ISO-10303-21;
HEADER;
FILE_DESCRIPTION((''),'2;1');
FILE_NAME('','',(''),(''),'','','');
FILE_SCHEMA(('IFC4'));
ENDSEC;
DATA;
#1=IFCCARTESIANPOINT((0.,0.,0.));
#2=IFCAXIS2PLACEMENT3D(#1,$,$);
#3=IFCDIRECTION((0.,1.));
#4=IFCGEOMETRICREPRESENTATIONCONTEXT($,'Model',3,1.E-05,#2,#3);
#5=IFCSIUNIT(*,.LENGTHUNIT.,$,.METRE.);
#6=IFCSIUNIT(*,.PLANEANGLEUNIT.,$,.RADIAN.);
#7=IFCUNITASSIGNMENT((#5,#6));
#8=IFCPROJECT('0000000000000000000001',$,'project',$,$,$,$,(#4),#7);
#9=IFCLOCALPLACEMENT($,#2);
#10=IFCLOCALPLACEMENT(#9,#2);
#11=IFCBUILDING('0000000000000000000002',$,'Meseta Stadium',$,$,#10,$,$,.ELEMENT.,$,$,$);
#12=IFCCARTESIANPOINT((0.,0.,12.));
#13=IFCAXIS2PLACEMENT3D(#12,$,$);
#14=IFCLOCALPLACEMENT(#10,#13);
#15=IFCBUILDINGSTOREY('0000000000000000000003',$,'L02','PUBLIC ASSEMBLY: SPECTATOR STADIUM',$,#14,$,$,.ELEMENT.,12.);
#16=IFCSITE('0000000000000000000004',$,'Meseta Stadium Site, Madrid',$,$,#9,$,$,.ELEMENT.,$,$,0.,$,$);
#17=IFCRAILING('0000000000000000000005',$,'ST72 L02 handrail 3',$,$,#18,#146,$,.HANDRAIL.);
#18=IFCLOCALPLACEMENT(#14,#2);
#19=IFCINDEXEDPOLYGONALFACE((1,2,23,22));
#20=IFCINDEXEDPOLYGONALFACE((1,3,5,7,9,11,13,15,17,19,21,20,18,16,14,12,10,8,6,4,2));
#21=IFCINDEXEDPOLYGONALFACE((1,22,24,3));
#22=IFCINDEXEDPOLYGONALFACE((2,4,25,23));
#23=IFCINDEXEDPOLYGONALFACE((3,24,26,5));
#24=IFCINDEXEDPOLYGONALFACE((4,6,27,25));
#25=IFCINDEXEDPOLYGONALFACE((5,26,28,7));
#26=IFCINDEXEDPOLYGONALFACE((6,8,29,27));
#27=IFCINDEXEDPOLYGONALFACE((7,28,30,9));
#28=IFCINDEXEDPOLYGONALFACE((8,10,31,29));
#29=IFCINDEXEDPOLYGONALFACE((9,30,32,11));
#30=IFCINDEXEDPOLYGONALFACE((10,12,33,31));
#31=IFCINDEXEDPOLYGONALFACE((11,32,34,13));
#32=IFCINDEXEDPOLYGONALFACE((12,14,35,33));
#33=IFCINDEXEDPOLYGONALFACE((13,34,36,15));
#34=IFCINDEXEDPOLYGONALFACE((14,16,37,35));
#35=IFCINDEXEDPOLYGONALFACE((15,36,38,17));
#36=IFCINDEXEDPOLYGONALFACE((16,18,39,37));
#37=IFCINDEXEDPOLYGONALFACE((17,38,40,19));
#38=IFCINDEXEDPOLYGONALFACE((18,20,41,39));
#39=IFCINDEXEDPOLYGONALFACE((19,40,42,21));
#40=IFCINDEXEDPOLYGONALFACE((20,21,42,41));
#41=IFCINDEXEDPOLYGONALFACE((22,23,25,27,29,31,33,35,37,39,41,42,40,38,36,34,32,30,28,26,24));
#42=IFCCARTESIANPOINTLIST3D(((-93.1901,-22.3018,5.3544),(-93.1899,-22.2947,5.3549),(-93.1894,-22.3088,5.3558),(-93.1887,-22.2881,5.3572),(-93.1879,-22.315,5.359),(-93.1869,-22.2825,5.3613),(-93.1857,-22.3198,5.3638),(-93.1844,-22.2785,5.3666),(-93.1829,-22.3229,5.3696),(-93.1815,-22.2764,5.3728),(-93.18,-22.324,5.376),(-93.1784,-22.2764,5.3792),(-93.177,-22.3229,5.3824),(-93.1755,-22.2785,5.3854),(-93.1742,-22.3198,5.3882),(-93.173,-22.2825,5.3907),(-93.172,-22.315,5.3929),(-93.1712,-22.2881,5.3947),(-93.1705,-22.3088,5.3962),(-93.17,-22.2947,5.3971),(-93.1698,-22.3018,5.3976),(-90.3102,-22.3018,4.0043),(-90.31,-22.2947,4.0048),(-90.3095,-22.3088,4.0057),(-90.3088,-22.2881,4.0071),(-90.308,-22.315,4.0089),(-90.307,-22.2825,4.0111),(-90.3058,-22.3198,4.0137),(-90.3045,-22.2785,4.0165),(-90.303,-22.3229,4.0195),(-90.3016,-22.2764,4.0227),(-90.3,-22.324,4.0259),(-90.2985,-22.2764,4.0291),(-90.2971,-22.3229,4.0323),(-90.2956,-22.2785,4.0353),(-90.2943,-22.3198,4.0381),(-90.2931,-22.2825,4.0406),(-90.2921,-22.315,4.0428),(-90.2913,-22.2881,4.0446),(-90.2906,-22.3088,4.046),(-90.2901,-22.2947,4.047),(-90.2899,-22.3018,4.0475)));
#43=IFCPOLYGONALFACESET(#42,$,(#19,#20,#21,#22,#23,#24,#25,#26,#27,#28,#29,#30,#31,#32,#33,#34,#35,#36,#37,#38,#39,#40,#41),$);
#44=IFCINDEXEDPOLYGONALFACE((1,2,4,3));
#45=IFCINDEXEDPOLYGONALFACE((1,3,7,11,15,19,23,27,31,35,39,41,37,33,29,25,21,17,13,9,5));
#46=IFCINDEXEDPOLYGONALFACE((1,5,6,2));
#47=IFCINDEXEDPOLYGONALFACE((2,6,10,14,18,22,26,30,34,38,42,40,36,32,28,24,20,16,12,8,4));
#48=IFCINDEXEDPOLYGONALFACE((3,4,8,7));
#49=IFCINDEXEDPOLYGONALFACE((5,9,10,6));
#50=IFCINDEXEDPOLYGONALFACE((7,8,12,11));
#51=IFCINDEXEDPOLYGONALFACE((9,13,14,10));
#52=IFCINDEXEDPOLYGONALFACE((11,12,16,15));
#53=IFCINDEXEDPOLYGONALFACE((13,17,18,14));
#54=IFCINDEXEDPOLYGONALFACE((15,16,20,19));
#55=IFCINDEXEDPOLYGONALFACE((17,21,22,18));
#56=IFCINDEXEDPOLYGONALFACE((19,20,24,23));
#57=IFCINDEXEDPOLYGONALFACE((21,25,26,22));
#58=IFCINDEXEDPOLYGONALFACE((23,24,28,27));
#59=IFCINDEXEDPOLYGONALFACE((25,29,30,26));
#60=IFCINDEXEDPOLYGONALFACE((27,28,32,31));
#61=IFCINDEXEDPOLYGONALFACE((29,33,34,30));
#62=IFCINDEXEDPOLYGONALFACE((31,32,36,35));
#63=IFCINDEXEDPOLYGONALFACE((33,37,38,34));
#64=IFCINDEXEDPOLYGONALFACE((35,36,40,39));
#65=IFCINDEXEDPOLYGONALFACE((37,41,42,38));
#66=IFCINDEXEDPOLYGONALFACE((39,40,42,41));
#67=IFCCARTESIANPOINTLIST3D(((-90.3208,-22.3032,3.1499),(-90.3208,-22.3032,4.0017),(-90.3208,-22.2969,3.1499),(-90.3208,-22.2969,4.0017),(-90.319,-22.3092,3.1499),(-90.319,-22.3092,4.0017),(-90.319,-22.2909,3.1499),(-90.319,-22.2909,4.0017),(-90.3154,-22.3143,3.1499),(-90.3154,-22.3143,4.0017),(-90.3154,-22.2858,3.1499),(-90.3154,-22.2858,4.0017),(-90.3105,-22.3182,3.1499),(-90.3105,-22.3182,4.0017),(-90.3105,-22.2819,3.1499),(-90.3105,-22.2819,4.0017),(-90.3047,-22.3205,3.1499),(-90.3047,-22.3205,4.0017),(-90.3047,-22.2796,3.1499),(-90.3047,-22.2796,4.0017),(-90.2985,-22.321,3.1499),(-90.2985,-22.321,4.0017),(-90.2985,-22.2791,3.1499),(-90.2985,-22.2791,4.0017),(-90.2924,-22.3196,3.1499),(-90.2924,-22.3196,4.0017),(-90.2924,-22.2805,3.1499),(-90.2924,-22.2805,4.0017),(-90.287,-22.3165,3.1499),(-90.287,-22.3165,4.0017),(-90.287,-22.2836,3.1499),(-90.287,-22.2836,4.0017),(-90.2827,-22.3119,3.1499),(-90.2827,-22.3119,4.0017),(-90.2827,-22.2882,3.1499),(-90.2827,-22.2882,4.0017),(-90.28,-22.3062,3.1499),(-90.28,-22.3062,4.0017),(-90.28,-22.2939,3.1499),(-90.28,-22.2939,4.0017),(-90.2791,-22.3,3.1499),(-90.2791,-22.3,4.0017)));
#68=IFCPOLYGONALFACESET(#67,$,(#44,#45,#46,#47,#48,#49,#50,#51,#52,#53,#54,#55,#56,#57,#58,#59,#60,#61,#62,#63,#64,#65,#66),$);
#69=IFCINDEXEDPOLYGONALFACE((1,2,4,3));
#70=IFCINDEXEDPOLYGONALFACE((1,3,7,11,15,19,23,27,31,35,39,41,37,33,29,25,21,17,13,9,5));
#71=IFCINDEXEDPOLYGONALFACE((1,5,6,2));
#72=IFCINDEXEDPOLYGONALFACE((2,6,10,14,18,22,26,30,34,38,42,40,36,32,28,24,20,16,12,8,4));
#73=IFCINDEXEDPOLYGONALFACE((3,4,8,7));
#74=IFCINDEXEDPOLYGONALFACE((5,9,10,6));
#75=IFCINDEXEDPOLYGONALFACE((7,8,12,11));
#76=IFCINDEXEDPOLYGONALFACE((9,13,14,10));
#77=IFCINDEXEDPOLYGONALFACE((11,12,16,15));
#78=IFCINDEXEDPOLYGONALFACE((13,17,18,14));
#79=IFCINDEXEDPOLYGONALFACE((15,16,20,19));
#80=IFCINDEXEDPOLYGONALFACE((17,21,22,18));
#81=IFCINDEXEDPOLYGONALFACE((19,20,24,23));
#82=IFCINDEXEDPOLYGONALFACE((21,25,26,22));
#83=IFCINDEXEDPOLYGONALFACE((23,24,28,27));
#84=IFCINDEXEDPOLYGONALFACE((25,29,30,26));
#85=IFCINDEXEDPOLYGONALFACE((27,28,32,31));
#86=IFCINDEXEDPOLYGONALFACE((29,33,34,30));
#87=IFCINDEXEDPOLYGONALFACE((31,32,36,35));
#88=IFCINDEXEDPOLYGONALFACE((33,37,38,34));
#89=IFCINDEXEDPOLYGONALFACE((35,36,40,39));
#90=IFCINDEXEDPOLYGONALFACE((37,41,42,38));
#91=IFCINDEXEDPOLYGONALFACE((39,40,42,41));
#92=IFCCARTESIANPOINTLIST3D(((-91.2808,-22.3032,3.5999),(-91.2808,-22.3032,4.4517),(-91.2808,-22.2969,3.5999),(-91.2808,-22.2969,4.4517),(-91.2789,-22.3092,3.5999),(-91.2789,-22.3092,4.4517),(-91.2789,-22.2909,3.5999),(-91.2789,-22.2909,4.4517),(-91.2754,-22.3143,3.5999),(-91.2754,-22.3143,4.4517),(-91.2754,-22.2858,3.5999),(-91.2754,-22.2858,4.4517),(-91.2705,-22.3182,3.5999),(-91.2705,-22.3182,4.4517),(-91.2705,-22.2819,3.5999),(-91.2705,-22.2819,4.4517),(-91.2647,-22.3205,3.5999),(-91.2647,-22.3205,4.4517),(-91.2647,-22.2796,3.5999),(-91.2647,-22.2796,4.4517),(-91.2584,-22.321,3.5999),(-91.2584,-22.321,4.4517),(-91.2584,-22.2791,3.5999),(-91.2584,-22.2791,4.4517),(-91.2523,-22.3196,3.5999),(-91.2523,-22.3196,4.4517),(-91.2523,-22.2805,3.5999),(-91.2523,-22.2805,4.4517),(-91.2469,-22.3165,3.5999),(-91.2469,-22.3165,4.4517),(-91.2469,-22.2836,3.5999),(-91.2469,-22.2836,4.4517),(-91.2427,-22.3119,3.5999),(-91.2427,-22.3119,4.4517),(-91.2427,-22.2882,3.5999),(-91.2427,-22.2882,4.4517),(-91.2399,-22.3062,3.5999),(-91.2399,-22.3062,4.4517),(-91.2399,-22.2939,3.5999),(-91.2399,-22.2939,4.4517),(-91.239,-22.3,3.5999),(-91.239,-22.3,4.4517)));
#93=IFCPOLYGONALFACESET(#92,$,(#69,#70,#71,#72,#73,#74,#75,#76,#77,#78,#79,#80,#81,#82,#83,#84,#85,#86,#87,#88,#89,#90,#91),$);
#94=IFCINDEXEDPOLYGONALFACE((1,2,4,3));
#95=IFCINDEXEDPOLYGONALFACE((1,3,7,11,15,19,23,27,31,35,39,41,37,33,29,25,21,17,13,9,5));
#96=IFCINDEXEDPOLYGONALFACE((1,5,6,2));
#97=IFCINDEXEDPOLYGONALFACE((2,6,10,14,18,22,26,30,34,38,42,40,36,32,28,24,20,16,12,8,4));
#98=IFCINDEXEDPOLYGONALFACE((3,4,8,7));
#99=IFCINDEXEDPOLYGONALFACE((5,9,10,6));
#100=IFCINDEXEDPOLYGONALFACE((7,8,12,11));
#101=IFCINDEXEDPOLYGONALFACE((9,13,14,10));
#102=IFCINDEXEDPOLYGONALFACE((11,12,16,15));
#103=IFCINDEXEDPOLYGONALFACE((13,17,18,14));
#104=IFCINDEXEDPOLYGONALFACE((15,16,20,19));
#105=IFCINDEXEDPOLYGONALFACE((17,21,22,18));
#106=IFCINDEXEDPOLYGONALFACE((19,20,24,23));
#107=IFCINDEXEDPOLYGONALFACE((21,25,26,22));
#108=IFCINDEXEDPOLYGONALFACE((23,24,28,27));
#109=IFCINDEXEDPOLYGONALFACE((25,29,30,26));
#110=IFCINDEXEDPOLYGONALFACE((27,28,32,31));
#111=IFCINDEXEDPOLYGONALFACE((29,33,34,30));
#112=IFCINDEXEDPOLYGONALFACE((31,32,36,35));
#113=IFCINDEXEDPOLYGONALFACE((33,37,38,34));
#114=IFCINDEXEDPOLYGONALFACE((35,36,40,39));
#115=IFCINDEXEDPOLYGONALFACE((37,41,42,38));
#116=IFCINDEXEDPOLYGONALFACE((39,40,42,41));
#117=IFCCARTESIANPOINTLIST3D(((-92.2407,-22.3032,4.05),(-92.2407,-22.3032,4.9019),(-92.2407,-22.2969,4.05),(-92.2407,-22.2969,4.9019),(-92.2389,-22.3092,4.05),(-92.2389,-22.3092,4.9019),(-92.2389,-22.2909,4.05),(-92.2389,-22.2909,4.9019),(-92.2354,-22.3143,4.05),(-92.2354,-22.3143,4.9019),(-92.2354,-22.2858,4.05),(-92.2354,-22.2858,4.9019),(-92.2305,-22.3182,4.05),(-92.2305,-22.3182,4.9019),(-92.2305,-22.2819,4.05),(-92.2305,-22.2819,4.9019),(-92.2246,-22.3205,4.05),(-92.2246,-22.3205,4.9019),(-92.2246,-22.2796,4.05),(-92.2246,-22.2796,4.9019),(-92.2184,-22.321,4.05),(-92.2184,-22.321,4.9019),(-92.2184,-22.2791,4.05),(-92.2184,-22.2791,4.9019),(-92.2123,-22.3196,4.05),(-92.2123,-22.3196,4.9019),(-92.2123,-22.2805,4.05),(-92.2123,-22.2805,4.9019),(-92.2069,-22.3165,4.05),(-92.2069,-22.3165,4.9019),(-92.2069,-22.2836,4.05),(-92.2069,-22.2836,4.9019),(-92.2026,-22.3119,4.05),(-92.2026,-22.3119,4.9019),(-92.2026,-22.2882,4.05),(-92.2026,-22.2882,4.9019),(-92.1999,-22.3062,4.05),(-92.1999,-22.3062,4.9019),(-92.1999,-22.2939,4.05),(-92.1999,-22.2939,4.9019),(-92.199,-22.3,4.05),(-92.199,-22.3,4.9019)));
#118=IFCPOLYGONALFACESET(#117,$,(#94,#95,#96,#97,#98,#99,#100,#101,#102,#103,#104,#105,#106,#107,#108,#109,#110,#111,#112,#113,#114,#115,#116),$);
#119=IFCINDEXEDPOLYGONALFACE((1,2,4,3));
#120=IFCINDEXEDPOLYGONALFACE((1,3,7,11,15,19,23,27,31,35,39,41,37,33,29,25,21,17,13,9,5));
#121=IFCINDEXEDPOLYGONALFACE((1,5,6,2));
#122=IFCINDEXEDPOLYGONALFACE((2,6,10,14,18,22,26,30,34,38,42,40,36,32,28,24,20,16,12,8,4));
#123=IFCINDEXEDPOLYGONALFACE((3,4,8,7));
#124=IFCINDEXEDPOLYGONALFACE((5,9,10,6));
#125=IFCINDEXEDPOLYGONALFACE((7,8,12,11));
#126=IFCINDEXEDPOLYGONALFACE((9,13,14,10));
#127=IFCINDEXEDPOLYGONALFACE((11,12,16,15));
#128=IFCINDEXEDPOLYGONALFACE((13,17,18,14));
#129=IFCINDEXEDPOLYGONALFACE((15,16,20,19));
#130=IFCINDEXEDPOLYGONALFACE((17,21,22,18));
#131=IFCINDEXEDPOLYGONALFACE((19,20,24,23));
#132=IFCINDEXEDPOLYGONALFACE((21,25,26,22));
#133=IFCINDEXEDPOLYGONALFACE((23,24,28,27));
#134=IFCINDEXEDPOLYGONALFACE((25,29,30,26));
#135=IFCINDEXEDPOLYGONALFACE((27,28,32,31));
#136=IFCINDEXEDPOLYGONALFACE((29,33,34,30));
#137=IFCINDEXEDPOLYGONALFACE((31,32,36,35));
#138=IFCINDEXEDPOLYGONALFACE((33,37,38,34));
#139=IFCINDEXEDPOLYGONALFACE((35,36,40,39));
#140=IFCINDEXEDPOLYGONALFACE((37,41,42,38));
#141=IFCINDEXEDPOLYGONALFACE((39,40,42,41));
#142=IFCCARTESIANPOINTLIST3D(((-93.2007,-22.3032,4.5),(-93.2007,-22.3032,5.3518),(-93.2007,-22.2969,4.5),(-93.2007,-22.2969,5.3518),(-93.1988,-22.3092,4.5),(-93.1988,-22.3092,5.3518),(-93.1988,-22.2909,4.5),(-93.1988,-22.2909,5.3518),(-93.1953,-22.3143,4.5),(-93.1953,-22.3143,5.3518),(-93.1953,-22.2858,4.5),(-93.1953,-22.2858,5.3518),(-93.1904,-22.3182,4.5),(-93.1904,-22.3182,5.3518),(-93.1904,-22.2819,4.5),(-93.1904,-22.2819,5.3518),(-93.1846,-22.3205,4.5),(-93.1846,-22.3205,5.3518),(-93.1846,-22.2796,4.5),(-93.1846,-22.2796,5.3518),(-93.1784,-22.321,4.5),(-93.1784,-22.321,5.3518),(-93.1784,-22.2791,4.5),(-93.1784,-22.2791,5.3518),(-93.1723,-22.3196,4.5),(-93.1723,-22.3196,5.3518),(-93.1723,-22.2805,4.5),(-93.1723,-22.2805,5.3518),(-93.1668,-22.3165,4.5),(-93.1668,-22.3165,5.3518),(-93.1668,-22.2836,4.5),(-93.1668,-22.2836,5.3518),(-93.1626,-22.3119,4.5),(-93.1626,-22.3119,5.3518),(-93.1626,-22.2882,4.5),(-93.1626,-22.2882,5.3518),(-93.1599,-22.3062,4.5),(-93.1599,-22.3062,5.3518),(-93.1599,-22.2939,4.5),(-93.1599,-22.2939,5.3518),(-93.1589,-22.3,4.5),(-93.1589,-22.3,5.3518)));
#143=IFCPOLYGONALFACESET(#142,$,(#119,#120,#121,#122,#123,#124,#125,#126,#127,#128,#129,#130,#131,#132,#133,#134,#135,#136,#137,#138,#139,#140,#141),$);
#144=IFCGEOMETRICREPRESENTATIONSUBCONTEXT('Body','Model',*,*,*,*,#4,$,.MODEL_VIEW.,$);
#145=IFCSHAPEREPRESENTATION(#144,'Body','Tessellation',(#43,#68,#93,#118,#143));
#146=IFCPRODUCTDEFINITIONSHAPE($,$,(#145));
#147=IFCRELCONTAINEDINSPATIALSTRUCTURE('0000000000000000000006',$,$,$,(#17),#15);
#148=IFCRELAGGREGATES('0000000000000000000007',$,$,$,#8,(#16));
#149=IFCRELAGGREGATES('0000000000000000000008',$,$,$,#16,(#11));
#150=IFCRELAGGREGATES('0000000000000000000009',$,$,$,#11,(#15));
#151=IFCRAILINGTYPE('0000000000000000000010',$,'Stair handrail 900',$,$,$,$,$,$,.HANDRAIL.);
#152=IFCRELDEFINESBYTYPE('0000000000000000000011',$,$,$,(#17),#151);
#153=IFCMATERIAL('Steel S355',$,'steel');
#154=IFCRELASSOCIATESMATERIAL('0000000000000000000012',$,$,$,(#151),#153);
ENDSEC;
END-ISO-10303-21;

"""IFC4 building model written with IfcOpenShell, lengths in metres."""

from ifc_helpers import new_model, si_unit, direction, frame, origin, origin_2d, place, context, subcontext, project, spatial, circle, extrude, material, type_object, element, save


model = new_model("IFC4")

# Units and contexts
model_context = context("Model", 3, precision=1e-05, world=origin(), true_north=direction((0.0, 1.0)))
body_context = subcontext(model_context, "Body", "Model", "MODEL_VIEW")
ifc_project = project(units=[si_unit("LENGTHUNIT", "METRE"), si_unit("PLANEANGLEUNIT", "RADIAN")], contexts=[model_context])

# Site, building, storey
site_placement = place(None, origin())
site = spatial("IfcSite", under=ifc_project, at=site_placement, Name="Meseta Stadium Site, Madrid", CompositionType="ELEMENT", RefElevation=0.0)
building_placement = place(site_placement, origin())
building = spatial("IfcBuilding", under=site, at=building_placement, Name="Meseta Stadium", CompositionType="ELEMENT")
storey_placement = place(building_placement, frame((0.0, 0.0, 12.0)))
storey = spatial("IfcBuildingStorey", under=building, at=storey_placement, Name="L02", Description="PUBLIC ASSEMBLY: SPECTATOR STADIUM", CompositionType="ELEMENT", Elevation=12.0)

# Railing
ifc_material_1 = material(Name="Steel S355", Category="steel")
railing_type_1 = type_object("IfcRailingType", Name="Stair handrail 900", PredefinedType="HANDRAIL", material=ifc_material_1)
for number, where, name in (
    (1, (-90.3, -22.3, 3.1499), "ST72 L02 handrail 3"),
):
    element("IfcRailing", number, at=place(storey_placement, frame(where)), inside=storey, type_object=railing_type_1, Name=name, PredefinedType="HANDRAIL", context=body_context, shape_type="SweptSolid", body=[
        extrude(circle(Radius=0.0239, at=origin_2d()), frame((0.0, 0.0, 0.876), z_axis=(-0.90544, 0.0, 0.424473), x_axis=(0.0, -1.0, 0.0)), (0.0, 0.0, 1.0), 3.1807),
        extrude(circle(Radius=0.021, at=origin_2d()), origin(), (0.0, 0.0, 1.0), 0.8518),
        extrude(circle(Radius=0.021, at=origin_2d()), frame((-0.96, 0.0, 0.45)), (0.0, 0.0, 1.0), 0.8518),
        extrude(circle(Radius=0.021, at=origin_2d()), frame((-1.9199, 0.0, 0.9001)), (0.0, 0.0, 1.0), 0.8518),
        extrude(circle(Radius=0.021, at=origin_2d()), frame((-2.8799, 0.0, 1.3501)), (0.0, 0.0, 1.0), 0.8518),
    ])

save(model, "model.ifc")
